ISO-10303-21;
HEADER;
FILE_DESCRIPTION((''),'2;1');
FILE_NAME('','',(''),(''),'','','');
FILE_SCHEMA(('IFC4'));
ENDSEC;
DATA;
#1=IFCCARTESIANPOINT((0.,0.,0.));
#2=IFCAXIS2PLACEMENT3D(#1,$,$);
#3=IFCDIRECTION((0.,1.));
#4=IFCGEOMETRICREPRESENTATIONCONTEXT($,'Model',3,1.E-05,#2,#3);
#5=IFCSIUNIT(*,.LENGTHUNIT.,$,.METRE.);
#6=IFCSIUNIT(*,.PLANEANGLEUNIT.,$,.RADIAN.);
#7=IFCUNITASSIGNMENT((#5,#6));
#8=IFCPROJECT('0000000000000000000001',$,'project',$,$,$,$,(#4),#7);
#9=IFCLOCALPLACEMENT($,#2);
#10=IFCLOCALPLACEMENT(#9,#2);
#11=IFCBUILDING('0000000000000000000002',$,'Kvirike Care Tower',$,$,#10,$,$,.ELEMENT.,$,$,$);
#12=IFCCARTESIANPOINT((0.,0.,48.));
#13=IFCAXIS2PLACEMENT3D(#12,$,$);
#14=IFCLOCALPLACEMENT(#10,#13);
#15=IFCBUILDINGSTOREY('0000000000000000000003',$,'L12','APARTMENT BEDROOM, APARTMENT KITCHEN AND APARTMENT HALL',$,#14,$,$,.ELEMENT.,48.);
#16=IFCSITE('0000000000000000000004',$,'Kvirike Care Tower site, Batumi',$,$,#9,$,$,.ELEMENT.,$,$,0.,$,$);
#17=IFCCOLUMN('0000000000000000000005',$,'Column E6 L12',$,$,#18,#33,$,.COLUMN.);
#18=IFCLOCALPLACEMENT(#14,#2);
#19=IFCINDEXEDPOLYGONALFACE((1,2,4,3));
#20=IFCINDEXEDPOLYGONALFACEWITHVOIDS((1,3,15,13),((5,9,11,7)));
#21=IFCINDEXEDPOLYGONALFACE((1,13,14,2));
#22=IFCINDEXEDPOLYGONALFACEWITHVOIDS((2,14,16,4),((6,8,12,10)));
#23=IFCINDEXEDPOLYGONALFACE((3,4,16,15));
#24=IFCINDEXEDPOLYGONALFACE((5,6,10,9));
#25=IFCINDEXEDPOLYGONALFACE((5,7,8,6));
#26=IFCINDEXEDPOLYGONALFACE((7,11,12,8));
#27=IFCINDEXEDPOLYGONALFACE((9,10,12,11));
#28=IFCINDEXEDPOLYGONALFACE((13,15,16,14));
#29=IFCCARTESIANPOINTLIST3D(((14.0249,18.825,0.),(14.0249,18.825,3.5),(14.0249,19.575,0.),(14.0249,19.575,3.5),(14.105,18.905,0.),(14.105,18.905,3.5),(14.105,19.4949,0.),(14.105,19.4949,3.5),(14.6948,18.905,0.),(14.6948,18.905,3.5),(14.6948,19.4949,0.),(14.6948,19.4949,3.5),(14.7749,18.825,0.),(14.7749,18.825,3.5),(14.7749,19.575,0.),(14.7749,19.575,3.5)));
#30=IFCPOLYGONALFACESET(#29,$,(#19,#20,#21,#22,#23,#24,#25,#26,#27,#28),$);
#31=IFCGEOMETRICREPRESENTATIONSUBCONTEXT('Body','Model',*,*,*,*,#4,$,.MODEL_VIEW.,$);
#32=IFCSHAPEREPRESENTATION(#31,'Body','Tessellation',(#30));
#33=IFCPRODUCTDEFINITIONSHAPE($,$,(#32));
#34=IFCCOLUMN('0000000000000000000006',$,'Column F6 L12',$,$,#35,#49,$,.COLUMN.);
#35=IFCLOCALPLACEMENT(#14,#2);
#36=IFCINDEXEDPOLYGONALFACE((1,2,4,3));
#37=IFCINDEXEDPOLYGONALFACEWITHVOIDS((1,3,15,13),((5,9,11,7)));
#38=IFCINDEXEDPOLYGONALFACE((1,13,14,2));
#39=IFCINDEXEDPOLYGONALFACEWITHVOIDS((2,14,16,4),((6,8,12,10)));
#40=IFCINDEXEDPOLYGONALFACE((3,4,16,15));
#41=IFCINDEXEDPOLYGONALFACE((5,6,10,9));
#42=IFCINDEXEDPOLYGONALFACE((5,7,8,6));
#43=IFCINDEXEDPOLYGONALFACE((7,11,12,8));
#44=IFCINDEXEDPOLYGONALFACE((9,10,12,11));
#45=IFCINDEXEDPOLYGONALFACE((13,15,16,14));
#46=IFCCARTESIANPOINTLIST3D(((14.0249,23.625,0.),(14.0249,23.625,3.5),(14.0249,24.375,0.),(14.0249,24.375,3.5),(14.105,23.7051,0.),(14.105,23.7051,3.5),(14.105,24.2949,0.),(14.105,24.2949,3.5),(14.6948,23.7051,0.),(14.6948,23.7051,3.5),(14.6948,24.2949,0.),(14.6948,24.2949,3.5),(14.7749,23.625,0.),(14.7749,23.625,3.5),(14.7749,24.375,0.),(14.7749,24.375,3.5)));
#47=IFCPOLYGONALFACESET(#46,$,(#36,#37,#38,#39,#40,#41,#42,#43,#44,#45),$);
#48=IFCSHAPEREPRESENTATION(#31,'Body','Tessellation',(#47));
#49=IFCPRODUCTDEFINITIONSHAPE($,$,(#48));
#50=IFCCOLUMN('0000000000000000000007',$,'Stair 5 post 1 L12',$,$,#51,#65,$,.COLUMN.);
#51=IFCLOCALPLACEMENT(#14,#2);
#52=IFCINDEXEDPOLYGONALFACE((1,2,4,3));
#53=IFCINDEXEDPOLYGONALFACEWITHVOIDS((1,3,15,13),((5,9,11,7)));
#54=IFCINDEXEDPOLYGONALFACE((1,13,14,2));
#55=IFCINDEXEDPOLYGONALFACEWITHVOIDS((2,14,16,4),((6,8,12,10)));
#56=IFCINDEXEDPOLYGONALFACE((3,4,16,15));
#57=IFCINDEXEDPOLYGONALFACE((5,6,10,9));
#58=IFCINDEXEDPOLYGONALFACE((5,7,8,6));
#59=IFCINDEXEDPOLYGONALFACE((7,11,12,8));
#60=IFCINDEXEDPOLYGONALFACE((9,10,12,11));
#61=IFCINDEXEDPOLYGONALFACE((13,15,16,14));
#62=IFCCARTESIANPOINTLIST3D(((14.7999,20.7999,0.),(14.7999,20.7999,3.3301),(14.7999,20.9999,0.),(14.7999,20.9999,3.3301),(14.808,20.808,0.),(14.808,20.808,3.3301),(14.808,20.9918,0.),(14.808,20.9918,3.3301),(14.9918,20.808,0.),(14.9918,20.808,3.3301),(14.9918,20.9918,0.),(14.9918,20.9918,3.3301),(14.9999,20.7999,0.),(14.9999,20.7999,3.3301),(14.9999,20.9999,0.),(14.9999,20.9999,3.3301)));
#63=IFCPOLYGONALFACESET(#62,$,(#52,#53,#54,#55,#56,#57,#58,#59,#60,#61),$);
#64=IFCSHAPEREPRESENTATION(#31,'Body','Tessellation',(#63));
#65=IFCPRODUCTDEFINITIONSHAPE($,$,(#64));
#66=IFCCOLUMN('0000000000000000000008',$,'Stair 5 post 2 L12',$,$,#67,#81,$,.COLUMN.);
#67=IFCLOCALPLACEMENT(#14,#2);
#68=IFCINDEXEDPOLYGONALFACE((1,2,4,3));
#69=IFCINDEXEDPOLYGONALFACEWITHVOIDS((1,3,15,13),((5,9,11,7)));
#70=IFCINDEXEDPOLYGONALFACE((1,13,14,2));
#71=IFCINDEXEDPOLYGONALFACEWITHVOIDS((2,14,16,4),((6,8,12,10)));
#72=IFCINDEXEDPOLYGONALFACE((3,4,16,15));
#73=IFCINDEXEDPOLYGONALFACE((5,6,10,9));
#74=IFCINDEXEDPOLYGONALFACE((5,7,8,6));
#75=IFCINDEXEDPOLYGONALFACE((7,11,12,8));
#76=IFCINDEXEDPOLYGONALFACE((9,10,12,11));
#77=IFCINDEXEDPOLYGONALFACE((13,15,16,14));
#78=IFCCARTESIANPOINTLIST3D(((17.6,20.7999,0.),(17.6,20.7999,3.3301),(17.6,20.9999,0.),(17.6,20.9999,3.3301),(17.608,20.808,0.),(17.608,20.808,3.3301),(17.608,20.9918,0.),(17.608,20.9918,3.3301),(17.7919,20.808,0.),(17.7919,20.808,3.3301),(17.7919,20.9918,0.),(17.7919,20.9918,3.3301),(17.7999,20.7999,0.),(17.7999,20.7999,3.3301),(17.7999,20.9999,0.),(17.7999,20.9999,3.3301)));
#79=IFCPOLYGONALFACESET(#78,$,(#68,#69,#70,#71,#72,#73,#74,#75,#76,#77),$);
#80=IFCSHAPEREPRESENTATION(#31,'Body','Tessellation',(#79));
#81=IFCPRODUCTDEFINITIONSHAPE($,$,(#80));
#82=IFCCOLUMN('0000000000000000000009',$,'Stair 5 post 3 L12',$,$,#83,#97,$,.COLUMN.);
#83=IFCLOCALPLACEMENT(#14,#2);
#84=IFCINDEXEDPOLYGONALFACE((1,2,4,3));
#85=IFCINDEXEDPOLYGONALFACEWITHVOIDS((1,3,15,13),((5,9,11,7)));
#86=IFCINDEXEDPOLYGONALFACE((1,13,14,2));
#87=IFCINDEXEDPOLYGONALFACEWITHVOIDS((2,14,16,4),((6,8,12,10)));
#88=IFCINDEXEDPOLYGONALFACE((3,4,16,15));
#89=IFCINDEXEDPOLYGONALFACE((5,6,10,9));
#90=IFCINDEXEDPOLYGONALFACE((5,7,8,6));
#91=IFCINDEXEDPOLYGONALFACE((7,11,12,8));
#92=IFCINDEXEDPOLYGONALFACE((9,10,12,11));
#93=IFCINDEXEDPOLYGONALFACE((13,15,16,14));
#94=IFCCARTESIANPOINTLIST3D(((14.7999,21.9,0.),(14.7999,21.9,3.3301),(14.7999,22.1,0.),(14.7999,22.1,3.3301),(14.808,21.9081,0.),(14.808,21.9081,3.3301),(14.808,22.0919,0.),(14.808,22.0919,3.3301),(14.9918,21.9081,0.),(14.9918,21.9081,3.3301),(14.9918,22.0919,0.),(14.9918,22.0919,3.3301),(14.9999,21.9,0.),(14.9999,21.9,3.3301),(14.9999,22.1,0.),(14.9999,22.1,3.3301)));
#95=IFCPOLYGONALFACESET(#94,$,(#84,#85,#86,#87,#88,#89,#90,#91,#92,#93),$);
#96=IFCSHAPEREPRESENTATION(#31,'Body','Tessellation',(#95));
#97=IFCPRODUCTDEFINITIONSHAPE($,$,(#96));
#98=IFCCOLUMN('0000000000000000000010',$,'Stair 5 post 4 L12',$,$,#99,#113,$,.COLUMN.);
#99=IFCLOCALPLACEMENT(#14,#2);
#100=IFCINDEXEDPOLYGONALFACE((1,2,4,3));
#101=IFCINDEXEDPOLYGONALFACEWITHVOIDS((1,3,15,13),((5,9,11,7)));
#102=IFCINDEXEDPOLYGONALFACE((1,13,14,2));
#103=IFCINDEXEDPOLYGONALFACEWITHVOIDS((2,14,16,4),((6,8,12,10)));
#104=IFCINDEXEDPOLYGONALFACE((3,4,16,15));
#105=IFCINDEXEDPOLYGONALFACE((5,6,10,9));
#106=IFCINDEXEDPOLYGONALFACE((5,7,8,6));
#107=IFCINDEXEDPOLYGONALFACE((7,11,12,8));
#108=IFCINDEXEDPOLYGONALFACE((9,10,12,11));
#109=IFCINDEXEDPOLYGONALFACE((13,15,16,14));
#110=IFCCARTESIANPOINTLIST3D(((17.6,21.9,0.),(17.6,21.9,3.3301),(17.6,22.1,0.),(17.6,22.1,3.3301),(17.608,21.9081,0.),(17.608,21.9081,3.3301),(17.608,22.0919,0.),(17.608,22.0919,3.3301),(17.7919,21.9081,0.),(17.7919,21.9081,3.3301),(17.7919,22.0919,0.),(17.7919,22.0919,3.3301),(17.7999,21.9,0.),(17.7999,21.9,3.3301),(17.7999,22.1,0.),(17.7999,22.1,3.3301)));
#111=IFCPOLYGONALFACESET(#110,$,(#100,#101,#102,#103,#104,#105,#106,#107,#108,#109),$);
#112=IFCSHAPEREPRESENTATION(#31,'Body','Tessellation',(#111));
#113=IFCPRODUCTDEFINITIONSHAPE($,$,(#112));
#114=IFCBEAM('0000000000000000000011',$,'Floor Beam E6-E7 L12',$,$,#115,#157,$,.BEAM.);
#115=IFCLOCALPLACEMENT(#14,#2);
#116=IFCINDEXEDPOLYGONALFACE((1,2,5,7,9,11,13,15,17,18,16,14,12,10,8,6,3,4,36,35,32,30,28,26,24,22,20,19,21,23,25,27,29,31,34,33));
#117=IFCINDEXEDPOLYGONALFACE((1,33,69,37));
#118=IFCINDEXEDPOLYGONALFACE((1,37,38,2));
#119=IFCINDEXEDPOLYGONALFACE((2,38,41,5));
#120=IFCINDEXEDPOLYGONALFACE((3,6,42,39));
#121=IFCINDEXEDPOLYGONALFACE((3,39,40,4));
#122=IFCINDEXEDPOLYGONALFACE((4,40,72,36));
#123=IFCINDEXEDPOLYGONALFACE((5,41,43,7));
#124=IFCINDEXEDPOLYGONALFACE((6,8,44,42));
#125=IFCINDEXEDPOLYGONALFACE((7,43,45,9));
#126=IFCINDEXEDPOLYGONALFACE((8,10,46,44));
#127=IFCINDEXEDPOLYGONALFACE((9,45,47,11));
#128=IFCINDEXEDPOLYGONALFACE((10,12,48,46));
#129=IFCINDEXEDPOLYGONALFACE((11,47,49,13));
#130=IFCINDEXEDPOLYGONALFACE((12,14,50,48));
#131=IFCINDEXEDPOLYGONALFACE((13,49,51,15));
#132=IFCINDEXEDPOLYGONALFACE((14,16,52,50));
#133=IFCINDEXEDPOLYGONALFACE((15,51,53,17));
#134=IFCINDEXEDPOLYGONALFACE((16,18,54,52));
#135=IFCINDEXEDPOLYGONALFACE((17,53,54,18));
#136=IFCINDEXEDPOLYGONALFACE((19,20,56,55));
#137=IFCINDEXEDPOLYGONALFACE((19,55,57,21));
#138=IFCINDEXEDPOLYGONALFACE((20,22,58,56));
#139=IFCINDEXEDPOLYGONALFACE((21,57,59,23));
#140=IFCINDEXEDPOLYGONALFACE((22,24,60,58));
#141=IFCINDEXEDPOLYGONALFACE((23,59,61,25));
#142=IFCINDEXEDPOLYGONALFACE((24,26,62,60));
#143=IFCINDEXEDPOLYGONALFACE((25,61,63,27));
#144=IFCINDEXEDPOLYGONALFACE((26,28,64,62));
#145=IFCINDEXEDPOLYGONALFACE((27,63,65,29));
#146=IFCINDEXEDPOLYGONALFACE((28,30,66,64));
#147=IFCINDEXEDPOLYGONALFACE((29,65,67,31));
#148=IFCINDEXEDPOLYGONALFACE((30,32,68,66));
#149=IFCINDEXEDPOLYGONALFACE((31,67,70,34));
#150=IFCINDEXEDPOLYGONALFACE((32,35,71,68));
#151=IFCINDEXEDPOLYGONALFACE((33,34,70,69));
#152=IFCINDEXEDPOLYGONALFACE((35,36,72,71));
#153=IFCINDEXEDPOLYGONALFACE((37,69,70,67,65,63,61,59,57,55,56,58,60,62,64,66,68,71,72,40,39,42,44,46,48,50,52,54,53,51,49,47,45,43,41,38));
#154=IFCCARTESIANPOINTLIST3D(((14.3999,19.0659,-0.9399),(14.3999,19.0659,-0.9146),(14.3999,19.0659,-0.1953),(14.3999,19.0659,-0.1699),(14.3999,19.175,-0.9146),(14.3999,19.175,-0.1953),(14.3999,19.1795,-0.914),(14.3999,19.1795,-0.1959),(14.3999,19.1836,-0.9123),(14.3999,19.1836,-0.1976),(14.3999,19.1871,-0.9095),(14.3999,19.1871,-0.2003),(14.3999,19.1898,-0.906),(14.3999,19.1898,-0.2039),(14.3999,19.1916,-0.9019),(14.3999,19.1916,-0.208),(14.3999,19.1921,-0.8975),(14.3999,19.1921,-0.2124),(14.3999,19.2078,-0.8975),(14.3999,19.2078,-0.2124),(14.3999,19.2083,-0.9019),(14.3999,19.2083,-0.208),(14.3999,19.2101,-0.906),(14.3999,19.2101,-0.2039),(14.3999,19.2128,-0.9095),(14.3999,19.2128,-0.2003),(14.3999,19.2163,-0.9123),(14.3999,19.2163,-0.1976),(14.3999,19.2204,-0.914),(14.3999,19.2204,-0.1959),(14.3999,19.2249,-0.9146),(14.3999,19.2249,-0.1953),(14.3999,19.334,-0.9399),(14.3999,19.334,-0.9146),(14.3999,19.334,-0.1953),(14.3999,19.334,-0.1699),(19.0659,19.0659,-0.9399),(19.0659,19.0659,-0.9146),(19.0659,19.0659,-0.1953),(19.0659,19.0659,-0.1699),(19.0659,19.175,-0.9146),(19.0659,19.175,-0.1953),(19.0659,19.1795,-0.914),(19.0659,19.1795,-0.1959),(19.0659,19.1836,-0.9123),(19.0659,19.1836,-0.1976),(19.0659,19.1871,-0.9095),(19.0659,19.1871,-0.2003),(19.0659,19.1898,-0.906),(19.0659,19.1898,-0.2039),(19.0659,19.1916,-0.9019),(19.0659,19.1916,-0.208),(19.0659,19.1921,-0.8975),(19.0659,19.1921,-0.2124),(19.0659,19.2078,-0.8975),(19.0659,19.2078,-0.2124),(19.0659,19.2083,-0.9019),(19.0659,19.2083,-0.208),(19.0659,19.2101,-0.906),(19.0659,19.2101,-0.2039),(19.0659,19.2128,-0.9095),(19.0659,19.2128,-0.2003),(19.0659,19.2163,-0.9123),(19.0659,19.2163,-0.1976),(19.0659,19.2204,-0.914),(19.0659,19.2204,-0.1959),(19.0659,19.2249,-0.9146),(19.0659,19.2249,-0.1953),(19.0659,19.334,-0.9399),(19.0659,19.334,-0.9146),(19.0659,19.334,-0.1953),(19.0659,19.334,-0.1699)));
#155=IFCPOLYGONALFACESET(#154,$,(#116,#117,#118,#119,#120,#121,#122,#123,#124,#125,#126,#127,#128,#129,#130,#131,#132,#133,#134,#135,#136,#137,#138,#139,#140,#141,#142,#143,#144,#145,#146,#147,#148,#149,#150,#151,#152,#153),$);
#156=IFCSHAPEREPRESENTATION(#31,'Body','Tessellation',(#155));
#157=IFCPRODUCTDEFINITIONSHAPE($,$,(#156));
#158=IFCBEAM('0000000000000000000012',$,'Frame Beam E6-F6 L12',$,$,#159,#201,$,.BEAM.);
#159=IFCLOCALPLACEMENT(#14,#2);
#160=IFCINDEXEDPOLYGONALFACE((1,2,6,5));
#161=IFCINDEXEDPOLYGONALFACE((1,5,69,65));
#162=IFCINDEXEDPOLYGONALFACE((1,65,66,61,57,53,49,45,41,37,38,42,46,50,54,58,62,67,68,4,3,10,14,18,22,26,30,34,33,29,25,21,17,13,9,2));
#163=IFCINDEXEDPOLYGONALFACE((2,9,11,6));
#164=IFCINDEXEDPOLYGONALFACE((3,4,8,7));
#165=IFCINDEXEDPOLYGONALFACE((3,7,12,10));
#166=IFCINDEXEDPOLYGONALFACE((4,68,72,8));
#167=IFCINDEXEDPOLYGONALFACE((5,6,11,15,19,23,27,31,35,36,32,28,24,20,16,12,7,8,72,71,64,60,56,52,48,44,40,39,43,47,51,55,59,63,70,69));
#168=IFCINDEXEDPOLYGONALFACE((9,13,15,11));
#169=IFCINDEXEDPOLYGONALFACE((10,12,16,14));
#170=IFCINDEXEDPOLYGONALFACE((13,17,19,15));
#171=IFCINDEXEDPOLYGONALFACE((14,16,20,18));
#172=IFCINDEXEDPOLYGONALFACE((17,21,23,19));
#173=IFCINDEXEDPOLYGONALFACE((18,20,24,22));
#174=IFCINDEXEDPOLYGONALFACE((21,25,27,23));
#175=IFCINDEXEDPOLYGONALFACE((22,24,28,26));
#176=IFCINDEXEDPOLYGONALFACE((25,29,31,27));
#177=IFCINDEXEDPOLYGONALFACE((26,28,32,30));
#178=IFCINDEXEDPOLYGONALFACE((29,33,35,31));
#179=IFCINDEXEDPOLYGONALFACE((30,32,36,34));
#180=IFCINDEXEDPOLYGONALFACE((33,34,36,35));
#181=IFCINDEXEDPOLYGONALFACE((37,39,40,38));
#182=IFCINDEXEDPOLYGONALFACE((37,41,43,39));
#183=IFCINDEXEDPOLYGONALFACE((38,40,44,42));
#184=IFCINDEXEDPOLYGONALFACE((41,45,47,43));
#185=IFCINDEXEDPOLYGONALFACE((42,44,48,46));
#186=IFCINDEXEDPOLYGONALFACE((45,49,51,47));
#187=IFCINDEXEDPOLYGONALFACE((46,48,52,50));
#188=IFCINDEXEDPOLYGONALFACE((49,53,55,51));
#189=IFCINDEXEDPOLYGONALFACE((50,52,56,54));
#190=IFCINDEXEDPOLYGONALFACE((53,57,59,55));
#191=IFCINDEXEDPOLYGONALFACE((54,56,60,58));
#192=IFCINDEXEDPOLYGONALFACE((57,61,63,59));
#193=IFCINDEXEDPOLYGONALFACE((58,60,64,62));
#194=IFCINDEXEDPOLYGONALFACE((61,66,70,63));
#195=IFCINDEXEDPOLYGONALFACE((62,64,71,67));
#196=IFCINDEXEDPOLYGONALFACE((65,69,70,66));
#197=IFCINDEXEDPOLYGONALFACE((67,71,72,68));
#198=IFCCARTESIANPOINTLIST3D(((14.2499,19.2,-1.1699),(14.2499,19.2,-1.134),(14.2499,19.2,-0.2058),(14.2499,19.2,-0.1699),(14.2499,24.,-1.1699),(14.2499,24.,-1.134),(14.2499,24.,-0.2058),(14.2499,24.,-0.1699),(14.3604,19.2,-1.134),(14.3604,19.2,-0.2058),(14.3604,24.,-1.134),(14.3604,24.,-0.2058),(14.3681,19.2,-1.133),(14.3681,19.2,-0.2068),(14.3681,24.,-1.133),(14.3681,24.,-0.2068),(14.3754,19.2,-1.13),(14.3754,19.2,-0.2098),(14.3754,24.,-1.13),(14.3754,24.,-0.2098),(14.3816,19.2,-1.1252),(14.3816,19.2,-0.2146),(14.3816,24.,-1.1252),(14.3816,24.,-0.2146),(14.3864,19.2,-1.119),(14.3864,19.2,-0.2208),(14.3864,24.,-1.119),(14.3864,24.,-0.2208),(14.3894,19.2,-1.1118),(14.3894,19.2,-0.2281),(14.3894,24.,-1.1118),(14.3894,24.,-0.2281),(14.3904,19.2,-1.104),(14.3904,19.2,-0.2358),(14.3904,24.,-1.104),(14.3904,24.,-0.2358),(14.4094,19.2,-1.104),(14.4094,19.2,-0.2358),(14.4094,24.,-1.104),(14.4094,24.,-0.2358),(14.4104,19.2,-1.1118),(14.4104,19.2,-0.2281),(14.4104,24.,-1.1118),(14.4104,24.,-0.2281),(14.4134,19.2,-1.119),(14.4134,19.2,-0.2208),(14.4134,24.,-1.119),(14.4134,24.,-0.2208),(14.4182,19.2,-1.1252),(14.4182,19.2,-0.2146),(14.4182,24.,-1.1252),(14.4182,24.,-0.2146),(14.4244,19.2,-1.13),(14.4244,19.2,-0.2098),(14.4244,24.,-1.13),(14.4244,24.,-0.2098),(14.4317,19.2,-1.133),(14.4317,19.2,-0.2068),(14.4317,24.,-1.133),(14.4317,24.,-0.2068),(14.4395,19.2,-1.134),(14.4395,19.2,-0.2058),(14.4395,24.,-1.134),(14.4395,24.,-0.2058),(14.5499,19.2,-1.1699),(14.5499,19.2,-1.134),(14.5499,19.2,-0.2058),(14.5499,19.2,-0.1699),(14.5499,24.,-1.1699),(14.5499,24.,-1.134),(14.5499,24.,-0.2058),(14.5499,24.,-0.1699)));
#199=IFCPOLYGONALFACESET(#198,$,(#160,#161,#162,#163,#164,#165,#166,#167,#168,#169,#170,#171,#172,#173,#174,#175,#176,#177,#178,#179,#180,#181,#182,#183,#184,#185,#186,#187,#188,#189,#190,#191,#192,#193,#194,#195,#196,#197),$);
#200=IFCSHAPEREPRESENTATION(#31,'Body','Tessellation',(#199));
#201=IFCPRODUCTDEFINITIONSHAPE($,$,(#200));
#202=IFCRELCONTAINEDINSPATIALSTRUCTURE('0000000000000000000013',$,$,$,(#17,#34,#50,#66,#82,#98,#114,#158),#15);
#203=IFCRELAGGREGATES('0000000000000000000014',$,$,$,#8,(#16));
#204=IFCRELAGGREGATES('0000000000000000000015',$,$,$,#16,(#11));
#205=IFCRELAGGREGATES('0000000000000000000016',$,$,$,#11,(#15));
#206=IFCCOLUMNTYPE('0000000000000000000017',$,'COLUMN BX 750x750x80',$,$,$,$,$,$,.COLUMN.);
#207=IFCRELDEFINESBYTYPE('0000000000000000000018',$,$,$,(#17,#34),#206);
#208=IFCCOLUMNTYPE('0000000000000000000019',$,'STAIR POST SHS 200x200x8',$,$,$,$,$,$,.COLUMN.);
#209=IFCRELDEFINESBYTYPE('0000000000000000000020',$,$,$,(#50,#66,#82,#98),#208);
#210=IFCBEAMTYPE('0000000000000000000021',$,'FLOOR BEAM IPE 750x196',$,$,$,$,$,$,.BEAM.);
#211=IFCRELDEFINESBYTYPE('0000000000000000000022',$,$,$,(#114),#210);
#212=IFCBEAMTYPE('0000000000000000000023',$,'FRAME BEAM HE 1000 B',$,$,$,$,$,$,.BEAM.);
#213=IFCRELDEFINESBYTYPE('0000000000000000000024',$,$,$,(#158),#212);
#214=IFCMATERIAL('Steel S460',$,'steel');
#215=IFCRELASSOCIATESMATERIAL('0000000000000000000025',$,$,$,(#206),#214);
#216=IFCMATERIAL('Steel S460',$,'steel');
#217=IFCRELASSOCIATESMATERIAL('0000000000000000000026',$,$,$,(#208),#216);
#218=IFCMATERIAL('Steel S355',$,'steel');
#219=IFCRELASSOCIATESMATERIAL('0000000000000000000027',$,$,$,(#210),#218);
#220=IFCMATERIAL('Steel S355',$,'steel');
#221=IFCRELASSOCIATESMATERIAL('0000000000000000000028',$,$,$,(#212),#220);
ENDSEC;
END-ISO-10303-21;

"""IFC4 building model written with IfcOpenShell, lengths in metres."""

from ifc_helpers import new_model, si_unit, direction, frame, origin, origin_2d, place, context, subcontext, project, spatial, hollow_rectangle, i_section, extrude, material, material_profile, profile_set, type_object, element, save


model = new_model("IFC4")

# Units and contexts
model_context = context("Model", 3, precision=1e-05, world=origin(), true_north=direction((0.0, 1.0)))
body_context = subcontext(model_context, "Body", "Model", "MODEL_VIEW")
ifc_project = project(units=[si_unit("LENGTHUNIT", "METRE"), si_unit("PLANEANGLEUNIT", "RADIAN")], contexts=[model_context])

# Site, building, storey
site_placement = place(None, origin())
site = spatial("IfcSite", under=ifc_project, at=site_placement, Name="Kvirike Care Tower site, Batumi", CompositionType="ELEMENT", RefElevation=0.0)
building_placement = place(site_placement, origin())
building = spatial("IfcBuilding", under=site, at=building_placement, Name="Kvirike Care Tower", CompositionType="ELEMENT")
storey_placement = place(building_placement, frame((0.0, 0.0, 48.0)))
storey = spatial("IfcBuildingStorey", under=building, at=storey_placement, Name="L12", Description="APARTMENT BEDROOM, APARTMENT KITCHEN AND APARTMENT HALL", CompositionType="ELEMENT", Elevation=48.0)

# Columns
ifc_material_1 = material(Name="Steel S460", Category="steel")
ifc_material_profile_1 = material_profile(ifc_material_1, hollow_rectangle(XDim=0.75, YDim=0.75, WallThickness=0.0801, at=origin_2d()), Name="BX 750x750x80")
ifc_profile_set_1 = profile_set([ifc_material_profile_1], Name="Steel S460")
column_type_1 = type_object("IfcColumnType", Name="COLUMN BX 750x750x80", PredefinedType="COLUMN", material=ifc_profile_set_1)
for number, where, z_axis, x_axis, name in (
    (1, (14.3999, 19.2, 0.0), (0.0, 0.0, 1.0), (1.0, 0.0, 0.0), "Column E6 L12"),
    (2, (14.3999, 24.0, 0.0), (0.0, 0.0, 1.0), (1.0, 0.0, 0.0), "Column F6 L12"),
):
    element("IfcColumn", number, at=place(storey_placement, frame(where, z_axis=z_axis, x_axis=x_axis)), inside=storey, type_object=column_type_1, Name=name, PredefinedType="COLUMN", context=body_context, shape_type="SweptSolid", body=[
        extrude(hollow_rectangle(XDim=0.75, YDim=0.75, WallThickness=0.0801, at=origin_2d()), origin(), (0.0, 0.0, 1.0), 3.5),
    ])
ifc_material_2 = material(Name="Steel S460", Category="steel")
ifc_material_profile_2 = material_profile(ifc_material_2, hollow_rectangle(XDim=0.2, YDim=0.2, WallThickness=0.0081, at=origin_2d()), Name="SHS 200x200x8")
ifc_profile_set_2 = profile_set([ifc_material_profile_2], Name="Steel S460")
column_type_2 = type_object("IfcColumnType", Name="STAIR POST SHS 200x200x8", PredefinedType="COLUMN", material=ifc_profile_set_2)
for number, where, z_axis, x_axis, name in (
    (3, (14.8999, 20.8999, 0.0), (0.0, 0.0, 1.0), (1.0, 0.0, 0.0), "Stair 5 post 1 L12"),
    (4, (17.7, 20.8999, 0.0), (0.0, 0.0, 1.0), (1.0, 0.0, 0.0), "Stair 5 post 2 L12"),
    (5, (14.8999, 22.0, 0.0), (0.0, 0.0, 1.0), (1.0, 0.0, 0.0), "Stair 5 post 3 L12"),
    (6, (17.7, 22.0, 0.0), (0.0, 0.0, 1.0), (1.0, 0.0, 0.0), "Stair 5 post 4 L12"),
):
    element("IfcColumn", number, at=place(storey_placement, frame(where, z_axis=z_axis, x_axis=x_axis)), inside=storey, type_object=column_type_2, Name=name, PredefinedType="COLUMN", context=body_context, shape_type="SweptSolid", body=[
        extrude(hollow_rectangle(XDim=0.2, YDim=0.2, WallThickness=0.0081, at=origin_2d()), origin(), (0.0, 0.0, 1.0), 3.3301),
    ])

# Beams
ifc_material_3 = material(Name="Steel S355", Category="steel")
ifc_material_profile_3 = material_profile(ifc_material_3, i_section(OverallWidth=0.2681, OverallDepth=0.77, WebThickness=0.0156, FlangeThickness=0.0254, FilletRadius=0.0171, at=origin_2d()), Name="IPE 750x196")
ifc_profile_set_3 = profile_set([ifc_material_profile_3], Name="Steel S355")
beam_type_1 = type_object("IfcBeamType", Name="FLOOR BEAM IPE 750x196", PredefinedType="BEAM", material=ifc_profile_set_3)
beam_1_placement = place(storey_placement, frame((14.3999, 19.2, -0.5549), z_axis=(1.0, 0.0, 0.0), x_axis=(0.0, 1.0, 0.0)))
element("IfcBeam", 7, at=beam_1_placement, inside=storey, type_object=beam_type_1, Name="Floor Beam E6-E7 L12", PredefinedType="BEAM", context=body_context, shape_type="SweptSolid", body=[
    extrude(i_section(OverallWidth=0.2681, OverallDepth=0.77, WebThickness=0.0156, FlangeThickness=0.0254, FilletRadius=0.0171, at=origin_2d()), origin(), (0.0, 0.0, 1.0), 4.666),
])
ifc_material_4 = material(Name="Steel S355", Category="steel")
ifc_material_profile_4 = material_profile(ifc_material_4, i_section(OverallWidth=0.3, OverallDepth=1.0, WebThickness=0.019, FlangeThickness=0.0359, FilletRadius=0.03, at=origin_2d()), Name="HE 1000 B")
ifc_profile_set_4 = profile_set([ifc_material_profile_4], Name="Steel S355")
beam_type_2 = type_object("IfcBeamType", Name="FRAME BEAM HE 1000 B", PredefinedType="BEAM", material=ifc_profile_set_4)
beam_2_placement = place(storey_placement, frame((14.3999, 19.2, -0.6699), z_axis=(0.0, 1.0, 0.0), x_axis=(-1.0, 0.0, 0.0)))
element("IfcBeam", 8, at=beam_2_placement, inside=storey, type_object=beam_type_2, Name="Frame Beam E6-F6 L12", PredefinedType="BEAM", context=body_context, shape_type="SweptSolid", body=[
    extrude(i_section(OverallWidth=0.3, OverallDepth=1.0, WebThickness=0.019, FlangeThickness=0.0359, FilletRadius=0.03, at=origin_2d()), origin(), (0.0, 0.0, 1.0), 4.8),
])

save(model, "model.ifc")
